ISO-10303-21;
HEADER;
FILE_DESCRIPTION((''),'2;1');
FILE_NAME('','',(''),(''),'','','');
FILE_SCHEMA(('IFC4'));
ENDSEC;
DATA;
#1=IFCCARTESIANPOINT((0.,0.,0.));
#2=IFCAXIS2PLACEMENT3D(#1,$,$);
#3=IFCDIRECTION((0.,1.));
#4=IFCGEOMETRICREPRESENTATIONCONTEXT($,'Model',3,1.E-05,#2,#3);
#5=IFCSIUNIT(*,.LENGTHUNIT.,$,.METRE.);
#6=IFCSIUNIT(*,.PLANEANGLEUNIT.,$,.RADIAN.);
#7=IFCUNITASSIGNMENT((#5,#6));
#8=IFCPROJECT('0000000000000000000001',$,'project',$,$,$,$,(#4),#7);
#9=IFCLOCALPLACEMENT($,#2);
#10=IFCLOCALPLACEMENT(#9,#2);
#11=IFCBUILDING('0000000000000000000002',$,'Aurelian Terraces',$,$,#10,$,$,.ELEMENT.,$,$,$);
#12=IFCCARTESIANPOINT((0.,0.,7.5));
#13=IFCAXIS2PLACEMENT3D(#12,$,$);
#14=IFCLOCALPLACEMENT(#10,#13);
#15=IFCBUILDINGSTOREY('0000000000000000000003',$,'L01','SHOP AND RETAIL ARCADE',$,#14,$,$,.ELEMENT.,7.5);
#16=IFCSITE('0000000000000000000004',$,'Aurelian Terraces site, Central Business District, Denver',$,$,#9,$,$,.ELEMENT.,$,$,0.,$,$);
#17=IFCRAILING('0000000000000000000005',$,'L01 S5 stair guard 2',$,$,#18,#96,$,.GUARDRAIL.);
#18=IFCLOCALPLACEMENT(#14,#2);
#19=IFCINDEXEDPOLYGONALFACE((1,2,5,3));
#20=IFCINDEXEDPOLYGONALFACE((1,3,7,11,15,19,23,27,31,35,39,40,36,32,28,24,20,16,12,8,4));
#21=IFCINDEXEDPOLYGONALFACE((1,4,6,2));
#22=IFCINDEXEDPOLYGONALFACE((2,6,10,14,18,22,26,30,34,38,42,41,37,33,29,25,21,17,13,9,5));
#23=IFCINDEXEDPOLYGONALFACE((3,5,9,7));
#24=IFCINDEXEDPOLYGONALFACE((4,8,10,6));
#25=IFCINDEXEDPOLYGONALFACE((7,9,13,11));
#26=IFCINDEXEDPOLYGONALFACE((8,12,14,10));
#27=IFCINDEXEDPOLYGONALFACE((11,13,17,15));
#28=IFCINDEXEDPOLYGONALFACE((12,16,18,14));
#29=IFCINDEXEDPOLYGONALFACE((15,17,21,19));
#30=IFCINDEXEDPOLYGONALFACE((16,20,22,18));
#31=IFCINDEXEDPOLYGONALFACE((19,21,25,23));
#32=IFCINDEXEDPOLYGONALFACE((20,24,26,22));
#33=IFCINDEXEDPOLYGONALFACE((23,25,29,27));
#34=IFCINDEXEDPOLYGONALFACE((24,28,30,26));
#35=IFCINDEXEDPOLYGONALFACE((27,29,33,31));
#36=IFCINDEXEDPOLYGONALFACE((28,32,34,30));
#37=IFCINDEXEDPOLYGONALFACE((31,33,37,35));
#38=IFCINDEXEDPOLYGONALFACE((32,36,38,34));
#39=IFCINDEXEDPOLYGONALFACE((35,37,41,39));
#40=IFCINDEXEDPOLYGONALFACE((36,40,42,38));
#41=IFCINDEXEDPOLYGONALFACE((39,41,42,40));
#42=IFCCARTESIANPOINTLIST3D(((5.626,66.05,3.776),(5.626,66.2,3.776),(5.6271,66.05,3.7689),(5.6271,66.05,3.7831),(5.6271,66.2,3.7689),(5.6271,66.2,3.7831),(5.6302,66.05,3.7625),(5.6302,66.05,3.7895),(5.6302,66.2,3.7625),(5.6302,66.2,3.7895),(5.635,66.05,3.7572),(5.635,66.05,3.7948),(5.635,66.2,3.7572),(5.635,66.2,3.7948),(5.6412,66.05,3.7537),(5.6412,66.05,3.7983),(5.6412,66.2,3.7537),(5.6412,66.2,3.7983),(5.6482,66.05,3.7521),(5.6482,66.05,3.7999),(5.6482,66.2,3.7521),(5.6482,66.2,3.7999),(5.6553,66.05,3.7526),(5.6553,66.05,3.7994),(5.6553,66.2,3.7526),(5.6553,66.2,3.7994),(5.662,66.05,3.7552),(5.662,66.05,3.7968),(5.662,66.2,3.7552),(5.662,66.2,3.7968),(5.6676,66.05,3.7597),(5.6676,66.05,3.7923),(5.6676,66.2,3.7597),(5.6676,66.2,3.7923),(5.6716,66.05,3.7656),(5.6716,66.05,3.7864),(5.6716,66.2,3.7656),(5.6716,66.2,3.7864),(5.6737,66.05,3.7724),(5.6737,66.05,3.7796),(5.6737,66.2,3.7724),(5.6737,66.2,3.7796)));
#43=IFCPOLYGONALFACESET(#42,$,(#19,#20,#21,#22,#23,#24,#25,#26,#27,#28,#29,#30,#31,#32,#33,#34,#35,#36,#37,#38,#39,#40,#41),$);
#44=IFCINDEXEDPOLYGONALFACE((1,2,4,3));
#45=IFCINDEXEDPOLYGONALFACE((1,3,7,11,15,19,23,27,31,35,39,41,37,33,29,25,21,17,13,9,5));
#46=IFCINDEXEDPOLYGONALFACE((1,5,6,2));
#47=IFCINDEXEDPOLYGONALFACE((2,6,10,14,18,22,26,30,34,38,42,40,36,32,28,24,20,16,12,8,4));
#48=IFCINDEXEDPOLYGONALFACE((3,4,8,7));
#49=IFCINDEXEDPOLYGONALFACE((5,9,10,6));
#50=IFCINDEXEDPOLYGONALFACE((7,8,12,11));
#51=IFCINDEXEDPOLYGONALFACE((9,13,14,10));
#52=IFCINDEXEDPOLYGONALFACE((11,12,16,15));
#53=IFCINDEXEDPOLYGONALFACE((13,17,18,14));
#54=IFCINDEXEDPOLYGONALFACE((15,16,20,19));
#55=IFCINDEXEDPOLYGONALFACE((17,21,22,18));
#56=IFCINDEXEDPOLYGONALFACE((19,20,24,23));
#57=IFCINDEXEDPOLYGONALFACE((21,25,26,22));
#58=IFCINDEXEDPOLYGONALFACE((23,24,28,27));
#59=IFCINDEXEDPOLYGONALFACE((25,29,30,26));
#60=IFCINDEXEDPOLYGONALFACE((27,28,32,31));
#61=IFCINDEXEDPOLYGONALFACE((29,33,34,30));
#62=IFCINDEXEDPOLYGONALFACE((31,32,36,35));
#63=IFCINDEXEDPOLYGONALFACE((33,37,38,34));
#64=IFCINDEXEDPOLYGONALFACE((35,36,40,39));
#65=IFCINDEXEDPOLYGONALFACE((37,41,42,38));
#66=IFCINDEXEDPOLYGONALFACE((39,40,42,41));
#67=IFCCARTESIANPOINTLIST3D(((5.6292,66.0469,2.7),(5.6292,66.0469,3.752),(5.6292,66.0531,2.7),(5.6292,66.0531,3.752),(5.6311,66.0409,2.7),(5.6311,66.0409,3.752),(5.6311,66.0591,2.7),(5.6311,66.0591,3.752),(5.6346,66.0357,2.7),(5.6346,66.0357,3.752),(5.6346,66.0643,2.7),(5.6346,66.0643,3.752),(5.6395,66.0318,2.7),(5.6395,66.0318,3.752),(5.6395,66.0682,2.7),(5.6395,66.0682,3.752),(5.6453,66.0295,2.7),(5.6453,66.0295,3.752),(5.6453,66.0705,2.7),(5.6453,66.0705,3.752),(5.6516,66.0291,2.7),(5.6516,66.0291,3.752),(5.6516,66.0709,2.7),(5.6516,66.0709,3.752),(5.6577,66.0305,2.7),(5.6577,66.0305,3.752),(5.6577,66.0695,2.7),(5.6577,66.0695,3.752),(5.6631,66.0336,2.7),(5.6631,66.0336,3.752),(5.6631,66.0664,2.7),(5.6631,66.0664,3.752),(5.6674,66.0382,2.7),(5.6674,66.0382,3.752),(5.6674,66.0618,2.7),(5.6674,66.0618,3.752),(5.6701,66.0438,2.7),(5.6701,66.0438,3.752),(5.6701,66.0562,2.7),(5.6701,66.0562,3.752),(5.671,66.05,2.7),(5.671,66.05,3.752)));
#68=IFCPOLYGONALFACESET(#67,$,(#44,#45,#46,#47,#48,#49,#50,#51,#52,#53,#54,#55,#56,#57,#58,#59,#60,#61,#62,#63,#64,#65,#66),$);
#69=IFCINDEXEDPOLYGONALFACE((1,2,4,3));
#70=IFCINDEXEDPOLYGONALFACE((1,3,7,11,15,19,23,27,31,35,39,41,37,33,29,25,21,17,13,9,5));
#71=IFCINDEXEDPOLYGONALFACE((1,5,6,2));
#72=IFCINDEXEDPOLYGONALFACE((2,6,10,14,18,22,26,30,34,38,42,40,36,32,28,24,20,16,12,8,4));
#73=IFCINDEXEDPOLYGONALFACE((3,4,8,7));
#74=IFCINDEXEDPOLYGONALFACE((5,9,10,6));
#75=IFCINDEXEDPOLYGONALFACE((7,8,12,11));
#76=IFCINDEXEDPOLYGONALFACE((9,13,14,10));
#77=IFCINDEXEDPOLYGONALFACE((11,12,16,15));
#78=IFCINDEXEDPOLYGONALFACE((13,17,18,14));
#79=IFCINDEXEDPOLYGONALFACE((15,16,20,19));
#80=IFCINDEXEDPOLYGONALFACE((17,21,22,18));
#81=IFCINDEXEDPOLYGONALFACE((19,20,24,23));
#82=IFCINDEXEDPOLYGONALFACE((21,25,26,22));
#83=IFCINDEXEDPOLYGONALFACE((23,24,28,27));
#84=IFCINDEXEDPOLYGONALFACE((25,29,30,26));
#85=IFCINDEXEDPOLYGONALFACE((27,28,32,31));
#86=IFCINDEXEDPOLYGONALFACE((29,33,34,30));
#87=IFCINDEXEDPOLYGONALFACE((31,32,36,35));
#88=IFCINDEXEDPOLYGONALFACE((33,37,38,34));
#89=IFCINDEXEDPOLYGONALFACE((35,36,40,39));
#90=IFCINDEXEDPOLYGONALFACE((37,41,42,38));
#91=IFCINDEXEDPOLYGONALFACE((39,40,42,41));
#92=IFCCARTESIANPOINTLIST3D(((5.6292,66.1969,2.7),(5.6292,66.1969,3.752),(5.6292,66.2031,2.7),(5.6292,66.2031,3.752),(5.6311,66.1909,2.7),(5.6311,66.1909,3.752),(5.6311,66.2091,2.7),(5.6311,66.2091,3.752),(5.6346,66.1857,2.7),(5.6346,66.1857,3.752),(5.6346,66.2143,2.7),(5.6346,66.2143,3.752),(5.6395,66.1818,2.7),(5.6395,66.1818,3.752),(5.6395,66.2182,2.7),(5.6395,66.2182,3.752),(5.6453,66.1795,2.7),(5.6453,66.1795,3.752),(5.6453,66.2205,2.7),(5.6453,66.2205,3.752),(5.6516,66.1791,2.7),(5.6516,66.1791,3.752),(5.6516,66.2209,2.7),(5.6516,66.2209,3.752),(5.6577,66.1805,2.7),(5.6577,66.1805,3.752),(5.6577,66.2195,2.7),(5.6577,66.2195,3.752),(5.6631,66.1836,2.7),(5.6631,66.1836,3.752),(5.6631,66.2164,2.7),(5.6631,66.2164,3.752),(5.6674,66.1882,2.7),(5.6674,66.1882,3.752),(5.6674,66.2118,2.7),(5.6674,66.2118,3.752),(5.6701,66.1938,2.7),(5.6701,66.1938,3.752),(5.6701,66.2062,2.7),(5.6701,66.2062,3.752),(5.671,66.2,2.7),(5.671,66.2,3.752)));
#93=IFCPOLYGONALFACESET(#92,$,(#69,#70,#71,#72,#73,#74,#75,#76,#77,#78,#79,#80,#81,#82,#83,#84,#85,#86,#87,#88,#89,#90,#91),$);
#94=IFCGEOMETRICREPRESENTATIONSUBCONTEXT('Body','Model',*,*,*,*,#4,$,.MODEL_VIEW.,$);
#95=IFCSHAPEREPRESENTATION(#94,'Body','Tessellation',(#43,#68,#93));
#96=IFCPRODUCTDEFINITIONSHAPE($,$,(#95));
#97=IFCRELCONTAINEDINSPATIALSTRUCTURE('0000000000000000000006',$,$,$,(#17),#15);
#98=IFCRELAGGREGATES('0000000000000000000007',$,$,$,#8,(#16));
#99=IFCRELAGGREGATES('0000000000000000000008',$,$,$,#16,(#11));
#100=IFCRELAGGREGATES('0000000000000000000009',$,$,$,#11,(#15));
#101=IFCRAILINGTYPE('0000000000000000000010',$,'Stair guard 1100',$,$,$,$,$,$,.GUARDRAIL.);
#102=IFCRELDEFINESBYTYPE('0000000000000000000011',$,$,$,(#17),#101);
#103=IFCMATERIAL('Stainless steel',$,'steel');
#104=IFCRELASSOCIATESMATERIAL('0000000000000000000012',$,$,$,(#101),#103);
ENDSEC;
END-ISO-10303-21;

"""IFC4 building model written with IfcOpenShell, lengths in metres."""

from ifc_helpers import new_model, si_unit, direction, frame, origin, origin_2d, place, context, subcontext, project, spatial, circle, extrude, source, transform, mapped, material, type_object, element, save


model = new_model("IFC4")

# Units and contexts
model_context = context("Model", 3, precision=1e-05, world=origin(), true_north=direction((0.0, 1.0)))
body_context = subcontext(model_context, "Body", "Model", "MODEL_VIEW")
ifc_project = project(units=[si_unit("LENGTHUNIT", "METRE"), si_unit("PLANEANGLEUNIT", "RADIAN")], contexts=[model_context])

# Site, building, storey
site_placement = place(None, origin())
site = spatial("IfcSite", under=ifc_project, at=site_placement, Name="Aurelian Terraces site, Central Business District, Denver", CompositionType="ELEMENT", RefElevation=0.0)
building_placement = place(site_placement, origin())
building = spatial("IfcBuilding", under=site, at=building_placement, Name="Aurelian Terraces", CompositionType="ELEMENT")
storey_placement = place(building_placement, frame((0.0, 0.0, 7.5)))
storey = spatial("IfcBuildingStorey", under=building, at=storey_placement, Name="L01", Description="SHOP AND RETAIL ARCADE", CompositionType="ELEMENT", Elevation=7.5)

# Railing
ifc_material_1 = material(Name="Stainless steel", Category="steel")
railing_type_1 = type_object("IfcRailingType", Name="Stair guard 1100", PredefinedType="GUARDRAIL", material=ifc_material_1)
shared_shape_1 = source(origin(), body_context, "Body", "SweptSolid", [
    extrude(circle(Radius=0.024, at=origin_2d()), frame((0.0, 0.0, 1.076), z_axis=(0.0, 1.0, 0.0), x_axis=(-1.0, 0.0, 0.0)), (0.0, 0.0, 1.0), 0.15),
    extrude(circle(Radius=0.021, at=origin_2d()), origin(), (0.0, 0.0, 1.0), 1.052),
    extrude(circle(Radius=0.021, at=origin_2d()), frame((0.0, 0.15, 0.0)), (0.0, 0.0, 1.0), 1.052),
])
railing_1_placement = place(storey_placement, frame((5.65, 66.05, 2.7)))
element("IfcRailing", 1, at=railing_1_placement, inside=storey, type_object=railing_type_1, Name="L01 S5 stair guard 2", PredefinedType="GUARDRAIL", context=body_context, shape_type="MappedRepresentation", body=[
    mapped(shared_shape_1, transform((0.0, 0.0, 0.0), scale=1.0)),
])

save(model, "model.ifc")
